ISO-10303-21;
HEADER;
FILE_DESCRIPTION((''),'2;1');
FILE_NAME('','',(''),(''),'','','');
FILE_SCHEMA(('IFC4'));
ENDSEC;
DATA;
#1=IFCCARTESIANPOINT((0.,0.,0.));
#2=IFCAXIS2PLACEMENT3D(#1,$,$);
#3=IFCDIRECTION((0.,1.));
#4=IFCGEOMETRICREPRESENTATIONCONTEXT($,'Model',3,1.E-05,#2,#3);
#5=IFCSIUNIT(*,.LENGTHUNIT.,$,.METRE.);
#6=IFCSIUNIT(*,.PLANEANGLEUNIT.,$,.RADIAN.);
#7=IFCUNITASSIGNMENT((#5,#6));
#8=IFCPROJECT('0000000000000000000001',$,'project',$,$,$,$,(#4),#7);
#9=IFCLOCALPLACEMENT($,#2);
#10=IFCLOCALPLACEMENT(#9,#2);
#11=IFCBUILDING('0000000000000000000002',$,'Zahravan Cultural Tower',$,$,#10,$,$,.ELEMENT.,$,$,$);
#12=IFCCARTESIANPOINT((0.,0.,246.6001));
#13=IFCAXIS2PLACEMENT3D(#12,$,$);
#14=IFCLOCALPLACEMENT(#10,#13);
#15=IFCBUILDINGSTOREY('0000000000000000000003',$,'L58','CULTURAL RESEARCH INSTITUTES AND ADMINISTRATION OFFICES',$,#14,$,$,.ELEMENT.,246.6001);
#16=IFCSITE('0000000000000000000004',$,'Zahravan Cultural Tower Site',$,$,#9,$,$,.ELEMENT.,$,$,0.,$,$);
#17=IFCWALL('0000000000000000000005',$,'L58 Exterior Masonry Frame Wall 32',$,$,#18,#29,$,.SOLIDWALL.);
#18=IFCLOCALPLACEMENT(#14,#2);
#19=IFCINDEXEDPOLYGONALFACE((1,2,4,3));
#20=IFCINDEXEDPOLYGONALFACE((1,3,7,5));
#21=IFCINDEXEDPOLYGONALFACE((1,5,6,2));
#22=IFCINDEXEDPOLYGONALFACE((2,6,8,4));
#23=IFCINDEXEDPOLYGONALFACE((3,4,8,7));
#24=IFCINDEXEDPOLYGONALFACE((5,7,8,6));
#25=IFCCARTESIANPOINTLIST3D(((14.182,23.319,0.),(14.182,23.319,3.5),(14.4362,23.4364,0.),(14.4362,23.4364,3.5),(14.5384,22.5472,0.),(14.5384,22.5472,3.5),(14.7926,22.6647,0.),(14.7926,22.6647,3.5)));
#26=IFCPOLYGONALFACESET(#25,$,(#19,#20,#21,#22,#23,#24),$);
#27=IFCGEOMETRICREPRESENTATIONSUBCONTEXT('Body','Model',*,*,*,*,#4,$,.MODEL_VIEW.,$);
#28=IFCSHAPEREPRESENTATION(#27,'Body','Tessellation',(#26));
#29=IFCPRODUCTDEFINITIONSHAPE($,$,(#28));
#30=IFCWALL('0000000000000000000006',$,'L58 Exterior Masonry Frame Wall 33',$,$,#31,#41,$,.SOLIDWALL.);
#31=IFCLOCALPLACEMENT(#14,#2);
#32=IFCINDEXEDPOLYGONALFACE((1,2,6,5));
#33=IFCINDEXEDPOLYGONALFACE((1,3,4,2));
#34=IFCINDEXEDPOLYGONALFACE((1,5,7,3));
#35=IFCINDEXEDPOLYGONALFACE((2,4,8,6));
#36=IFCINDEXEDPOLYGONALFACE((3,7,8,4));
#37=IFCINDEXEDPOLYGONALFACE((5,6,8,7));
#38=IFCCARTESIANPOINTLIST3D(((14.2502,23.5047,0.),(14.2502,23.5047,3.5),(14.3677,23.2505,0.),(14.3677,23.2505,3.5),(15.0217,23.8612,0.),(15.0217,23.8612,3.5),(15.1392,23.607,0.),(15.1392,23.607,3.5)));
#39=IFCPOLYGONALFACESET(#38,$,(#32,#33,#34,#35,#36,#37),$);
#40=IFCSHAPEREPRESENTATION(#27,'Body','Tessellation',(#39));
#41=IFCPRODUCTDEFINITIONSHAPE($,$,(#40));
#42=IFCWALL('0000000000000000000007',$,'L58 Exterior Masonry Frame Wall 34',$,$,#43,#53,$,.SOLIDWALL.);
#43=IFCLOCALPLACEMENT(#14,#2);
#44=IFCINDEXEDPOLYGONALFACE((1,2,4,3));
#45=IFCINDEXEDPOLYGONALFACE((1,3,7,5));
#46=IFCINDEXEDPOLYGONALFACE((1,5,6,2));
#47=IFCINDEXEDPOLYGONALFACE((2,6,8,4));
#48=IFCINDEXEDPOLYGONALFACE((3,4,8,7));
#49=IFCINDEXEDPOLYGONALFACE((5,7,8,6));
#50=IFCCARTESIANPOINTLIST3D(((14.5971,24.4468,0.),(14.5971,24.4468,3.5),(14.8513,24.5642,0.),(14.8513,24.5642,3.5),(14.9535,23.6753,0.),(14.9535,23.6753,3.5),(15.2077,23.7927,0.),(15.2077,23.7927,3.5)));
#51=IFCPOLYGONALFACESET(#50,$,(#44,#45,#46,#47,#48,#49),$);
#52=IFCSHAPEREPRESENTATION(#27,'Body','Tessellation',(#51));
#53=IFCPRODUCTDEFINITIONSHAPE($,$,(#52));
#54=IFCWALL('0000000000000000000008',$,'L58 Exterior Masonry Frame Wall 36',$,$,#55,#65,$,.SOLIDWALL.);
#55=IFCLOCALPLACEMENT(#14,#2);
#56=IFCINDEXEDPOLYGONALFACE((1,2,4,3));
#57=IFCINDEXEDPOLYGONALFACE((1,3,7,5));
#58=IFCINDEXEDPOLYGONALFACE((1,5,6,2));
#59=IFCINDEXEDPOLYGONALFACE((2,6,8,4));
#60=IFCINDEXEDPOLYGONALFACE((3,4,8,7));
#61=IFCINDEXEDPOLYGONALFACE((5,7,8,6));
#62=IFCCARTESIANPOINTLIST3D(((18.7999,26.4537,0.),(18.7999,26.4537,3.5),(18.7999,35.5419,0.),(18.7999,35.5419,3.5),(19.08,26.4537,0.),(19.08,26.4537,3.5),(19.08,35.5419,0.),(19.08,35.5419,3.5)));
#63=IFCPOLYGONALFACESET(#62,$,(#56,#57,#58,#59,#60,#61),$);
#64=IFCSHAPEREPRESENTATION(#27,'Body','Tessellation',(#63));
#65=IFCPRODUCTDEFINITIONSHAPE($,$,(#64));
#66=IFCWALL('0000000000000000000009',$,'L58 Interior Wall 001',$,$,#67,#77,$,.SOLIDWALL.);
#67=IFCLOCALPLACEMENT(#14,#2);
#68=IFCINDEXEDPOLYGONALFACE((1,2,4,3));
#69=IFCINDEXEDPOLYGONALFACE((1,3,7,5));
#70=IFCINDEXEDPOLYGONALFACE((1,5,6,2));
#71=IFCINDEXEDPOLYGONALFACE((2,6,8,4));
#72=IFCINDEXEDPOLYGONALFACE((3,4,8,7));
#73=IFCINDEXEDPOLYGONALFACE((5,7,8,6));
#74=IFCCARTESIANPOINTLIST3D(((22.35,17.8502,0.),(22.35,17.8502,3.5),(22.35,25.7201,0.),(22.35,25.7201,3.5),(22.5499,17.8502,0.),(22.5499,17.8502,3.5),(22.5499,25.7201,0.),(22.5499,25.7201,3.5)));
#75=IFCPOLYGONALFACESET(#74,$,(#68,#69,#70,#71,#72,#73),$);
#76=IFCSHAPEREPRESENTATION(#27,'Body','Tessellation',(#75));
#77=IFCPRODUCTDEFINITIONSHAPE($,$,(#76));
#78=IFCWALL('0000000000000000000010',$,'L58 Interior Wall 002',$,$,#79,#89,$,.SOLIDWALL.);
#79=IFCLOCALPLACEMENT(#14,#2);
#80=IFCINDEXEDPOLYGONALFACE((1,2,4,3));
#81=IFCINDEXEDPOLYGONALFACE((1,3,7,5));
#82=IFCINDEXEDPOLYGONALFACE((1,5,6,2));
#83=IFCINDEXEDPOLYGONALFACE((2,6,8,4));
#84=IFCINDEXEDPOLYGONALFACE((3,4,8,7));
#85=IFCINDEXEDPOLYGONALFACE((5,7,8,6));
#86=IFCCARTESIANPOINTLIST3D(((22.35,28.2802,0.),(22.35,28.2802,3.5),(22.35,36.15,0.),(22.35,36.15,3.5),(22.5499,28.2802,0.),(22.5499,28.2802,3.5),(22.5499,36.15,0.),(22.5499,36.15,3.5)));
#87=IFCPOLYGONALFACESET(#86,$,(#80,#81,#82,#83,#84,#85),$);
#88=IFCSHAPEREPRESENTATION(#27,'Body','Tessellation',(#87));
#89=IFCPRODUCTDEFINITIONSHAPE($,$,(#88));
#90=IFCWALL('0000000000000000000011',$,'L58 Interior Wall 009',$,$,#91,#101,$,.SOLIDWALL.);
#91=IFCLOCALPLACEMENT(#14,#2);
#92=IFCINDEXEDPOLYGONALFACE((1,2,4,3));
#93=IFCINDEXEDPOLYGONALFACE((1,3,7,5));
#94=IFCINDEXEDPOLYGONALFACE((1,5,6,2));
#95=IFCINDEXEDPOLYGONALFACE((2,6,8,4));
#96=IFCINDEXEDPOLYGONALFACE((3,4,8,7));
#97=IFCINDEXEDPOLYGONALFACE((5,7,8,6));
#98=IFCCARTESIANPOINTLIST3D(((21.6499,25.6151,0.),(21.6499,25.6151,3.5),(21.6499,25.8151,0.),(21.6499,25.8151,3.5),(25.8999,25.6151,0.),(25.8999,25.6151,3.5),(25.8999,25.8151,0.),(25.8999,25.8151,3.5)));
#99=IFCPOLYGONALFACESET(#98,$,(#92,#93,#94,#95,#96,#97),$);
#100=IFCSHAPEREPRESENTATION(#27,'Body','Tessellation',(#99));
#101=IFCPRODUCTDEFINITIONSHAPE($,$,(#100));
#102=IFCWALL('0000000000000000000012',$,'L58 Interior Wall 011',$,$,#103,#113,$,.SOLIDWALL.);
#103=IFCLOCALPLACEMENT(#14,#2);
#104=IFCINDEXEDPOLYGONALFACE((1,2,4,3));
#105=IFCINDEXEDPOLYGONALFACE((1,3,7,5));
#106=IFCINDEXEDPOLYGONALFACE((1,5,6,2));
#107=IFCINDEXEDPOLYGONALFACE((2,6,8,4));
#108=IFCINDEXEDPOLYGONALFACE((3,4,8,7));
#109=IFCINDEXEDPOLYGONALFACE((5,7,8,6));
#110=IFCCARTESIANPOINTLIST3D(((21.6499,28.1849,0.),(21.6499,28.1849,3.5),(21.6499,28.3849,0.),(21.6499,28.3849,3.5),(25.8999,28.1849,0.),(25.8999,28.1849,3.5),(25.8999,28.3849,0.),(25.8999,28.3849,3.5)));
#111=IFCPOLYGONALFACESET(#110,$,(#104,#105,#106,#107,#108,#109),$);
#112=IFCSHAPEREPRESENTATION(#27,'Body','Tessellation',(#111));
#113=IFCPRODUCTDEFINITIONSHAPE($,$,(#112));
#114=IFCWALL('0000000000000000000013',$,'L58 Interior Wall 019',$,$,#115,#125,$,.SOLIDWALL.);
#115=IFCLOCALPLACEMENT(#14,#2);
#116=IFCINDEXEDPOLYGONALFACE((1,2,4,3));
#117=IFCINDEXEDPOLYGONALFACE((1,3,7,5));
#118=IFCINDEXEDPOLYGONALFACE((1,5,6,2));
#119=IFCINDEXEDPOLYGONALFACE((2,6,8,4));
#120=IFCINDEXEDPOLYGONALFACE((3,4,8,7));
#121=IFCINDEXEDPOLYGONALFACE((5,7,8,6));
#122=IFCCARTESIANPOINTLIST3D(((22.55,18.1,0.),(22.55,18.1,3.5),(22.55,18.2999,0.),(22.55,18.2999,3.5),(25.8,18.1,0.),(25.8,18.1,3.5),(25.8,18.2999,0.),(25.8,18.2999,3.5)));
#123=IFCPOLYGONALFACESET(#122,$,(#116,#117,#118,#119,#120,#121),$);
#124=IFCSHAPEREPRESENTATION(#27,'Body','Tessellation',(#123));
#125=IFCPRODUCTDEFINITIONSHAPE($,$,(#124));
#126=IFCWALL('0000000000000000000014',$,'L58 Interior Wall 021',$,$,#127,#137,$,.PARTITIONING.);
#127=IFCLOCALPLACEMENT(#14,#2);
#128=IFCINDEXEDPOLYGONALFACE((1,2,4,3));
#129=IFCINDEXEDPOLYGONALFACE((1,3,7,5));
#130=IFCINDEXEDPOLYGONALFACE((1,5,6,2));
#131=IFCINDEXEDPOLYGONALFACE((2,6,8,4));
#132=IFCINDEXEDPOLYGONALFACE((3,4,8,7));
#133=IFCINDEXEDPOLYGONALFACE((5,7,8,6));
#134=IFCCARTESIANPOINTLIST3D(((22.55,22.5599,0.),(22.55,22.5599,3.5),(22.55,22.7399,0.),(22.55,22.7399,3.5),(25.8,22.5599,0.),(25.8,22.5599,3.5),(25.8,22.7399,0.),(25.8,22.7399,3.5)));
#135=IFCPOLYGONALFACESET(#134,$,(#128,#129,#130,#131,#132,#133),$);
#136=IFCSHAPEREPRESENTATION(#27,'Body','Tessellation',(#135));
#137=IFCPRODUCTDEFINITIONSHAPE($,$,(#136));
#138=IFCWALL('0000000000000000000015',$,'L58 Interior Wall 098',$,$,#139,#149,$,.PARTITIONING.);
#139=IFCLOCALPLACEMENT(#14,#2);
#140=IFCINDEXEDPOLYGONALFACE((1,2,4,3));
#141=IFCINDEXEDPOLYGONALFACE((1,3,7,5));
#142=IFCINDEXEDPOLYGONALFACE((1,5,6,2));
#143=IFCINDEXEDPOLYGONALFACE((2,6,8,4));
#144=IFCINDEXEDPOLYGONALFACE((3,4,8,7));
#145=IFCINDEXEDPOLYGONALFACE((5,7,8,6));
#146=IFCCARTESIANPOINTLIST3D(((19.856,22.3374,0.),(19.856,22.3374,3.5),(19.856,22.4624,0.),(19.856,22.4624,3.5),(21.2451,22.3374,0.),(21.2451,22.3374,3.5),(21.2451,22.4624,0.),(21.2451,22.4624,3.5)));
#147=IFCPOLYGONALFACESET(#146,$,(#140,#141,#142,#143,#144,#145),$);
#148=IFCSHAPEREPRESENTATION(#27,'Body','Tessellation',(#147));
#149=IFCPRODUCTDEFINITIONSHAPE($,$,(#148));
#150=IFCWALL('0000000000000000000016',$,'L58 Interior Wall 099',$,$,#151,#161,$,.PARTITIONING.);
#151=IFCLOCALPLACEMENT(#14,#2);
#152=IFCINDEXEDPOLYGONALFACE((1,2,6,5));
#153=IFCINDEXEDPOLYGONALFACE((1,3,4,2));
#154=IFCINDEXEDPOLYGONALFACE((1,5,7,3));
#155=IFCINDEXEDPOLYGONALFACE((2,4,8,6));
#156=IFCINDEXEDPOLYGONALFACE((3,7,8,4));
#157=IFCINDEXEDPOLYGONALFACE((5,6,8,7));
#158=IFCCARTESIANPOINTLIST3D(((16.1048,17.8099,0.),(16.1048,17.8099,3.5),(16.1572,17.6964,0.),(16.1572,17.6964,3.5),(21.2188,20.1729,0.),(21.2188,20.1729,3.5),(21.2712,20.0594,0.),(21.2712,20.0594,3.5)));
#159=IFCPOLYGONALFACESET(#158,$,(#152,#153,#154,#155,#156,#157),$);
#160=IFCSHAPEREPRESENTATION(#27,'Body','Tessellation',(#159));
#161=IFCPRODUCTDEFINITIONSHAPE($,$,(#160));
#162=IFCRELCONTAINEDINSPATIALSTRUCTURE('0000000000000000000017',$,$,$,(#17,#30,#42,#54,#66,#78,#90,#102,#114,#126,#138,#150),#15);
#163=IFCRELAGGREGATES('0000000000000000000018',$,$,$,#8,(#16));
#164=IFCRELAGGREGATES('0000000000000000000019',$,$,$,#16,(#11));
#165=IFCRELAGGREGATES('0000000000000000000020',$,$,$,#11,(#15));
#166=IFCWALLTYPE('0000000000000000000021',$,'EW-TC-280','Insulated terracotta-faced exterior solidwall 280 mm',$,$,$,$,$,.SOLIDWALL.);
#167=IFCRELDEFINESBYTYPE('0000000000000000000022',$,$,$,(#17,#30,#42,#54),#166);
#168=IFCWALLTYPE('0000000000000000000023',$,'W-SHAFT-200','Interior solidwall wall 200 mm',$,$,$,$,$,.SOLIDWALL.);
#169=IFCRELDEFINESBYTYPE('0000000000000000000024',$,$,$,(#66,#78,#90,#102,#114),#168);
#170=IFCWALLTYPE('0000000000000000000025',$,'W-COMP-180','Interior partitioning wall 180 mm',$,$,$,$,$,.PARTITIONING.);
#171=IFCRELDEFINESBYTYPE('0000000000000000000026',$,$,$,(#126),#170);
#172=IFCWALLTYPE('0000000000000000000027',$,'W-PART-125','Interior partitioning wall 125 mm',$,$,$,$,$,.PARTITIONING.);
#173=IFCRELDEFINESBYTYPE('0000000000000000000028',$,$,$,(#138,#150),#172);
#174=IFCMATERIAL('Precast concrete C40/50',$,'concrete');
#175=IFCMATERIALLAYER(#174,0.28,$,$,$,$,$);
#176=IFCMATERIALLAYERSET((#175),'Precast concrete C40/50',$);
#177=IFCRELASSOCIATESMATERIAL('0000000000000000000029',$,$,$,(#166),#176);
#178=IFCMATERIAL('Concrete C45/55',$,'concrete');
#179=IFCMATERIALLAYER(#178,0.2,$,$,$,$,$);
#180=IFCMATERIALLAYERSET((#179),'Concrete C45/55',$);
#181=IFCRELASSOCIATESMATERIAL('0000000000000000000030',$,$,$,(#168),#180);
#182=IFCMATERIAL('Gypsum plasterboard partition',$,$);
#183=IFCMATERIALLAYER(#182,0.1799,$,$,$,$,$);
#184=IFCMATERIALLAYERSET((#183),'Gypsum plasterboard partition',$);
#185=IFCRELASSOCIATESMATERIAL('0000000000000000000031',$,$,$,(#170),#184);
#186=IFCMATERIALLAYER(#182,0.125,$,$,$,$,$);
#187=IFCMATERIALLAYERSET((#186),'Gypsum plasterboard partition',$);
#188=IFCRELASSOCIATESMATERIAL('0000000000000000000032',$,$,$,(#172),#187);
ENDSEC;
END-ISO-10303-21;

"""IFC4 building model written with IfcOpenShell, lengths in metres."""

from ifc_helpers import new_model, si_unit, direction, frame, frame_2d, origin, place, context, subcontext, project, spatial, rectangle, extrude, source, transform, mapped, material, layer, layer_set, type_object, element, save


model = new_model("IFC4")

# Units and contexts
model_context = context("Model", 3, precision=1e-05, world=origin(), true_north=direction((0.0, 1.0)))
body_context = subcontext(model_context, "Body", "Model", "MODEL_VIEW")
ifc_project = project(units=[si_unit("LENGTHUNIT", "METRE"), si_unit("PLANEANGLEUNIT", "RADIAN")], contexts=[model_context])

# Site, building, storey
site_placement = place(None, origin())
site = spatial("IfcSite", under=ifc_project, at=site_placement, Name="Zahravan Cultural Tower Site", CompositionType="ELEMENT", RefElevation=0.0)
building_placement = place(site_placement, origin())
building = spatial("IfcBuilding", under=site, at=building_placement, Name="Zahravan Cultural Tower", CompositionType="ELEMENT")
storey_placement = place(building_placement, frame((0.0, 0.0, 246.6001)))
storey = spatial("IfcBuildingStorey", under=building, at=storey_placement, Name="L58", Description="CULTURAL RESEARCH INSTITUTES AND ADMINISTRATION OFFICES", CompositionType="ELEMENT", Elevation=246.6001)

# Shared definitions
ifc_material_1 = material(Name="Precast concrete C40/50", Category="concrete")
ifc_layer_1 = layer(ifc_material_1, 0.28)
ifc_layer_set_1 = layer_set([ifc_layer_1], Name="Precast concrete C40/50")
wall_type_1 = type_object("IfcWallType", Name="EW-TC-280", Description="Insulated terracotta-faced exterior solidwall 280 mm", PredefinedType="SOLIDWALL", material=ifc_layer_set_1)

# Walls
shared_shape_1 = source(origin(), body_context, "Body", "SweptSolid", [
    extrude(rectangle(XDim=0.8501, YDim=0.28, at=frame_2d((0.425, 0.0))), origin(), (0.0, 0.0, 1.0), 3.5),
])
for number, where, z_axis, x_axis, name in (
    (1, (14.6655, 22.606, 0.0), (0.0, 0.0, 1.0), (-0.419313, 0.907842, 0.0), "L58 Exterior Masonry Frame Wall 32"),
):
    element("IfcWall", number, at=place(storey_placement, frame(where, z_axis=z_axis, x_axis=x_axis)), inside=storey, type_object=wall_type_1, Name=name, PredefinedType="SOLIDWALL", context=body_context, shape_type="MappedRepresentation", body=[
        mapped(shared_shape_1, transform((0.0, 0.0, 0.0), x_axis=(1.0, 0.0, 0.0), y_axis=(0.0, 1.0, 0.0), z_axis=(0.0, 0.0, 1.0), scale=1.0)),
    ])
shared_shape_2 = source(origin(), body_context, "Body", "SweptSolid", [
    extrude(rectangle(XDim=0.8499, YDim=0.28, at=frame_2d((0.4248, 0.0))), origin(), (0.0, 0.0, 1.0), 3.5),
])
for number, where, z_axis, x_axis, name in (
    (2, (14.3091, 23.3777, 0.0), (0.0, 0.0, 1.0), (0.907791, 0.419422, 0.0), "L58 Exterior Masonry Frame Wall 33"),
    (3, (15.0806, 23.7341, 0.0), (0.0, 0.0, 1.0), (-0.419422, 0.907791, 0.0), "L58 Exterior Masonry Frame Wall 34"),
):
    element("IfcWall", number, at=place(storey_placement, frame(where, z_axis=z_axis, x_axis=x_axis)), inside=storey, type_object=wall_type_1, Name=name, PredefinedType="SOLIDWALL", context=body_context, shape_type="MappedRepresentation", body=[
        mapped(shared_shape_2, transform((0.0, 0.0, 0.0), x_axis=(1.0, 0.0, 0.0), y_axis=(0.0, 1.0, 0.0), z_axis=(0.0, 0.0, 1.0), scale=1.0)),
    ])
shared_shape_3 = source(origin(), body_context, "Body", "SweptSolid", [
    extrude(rectangle(XDim=9.0881, YDim=0.28, at=frame_2d((4.5439, 0.0))), origin(), (0.0, 0.0, 1.0), 3.5),
])
wall_1_placement = place(storey_placement, frame((18.9399, 26.4539, 0.0), z_axis=(0.0, 0.0, 1.0), x_axis=(0.0, 1.0, 0.0)))
element("IfcWall", 4, at=wall_1_placement, inside=storey, type_object=wall_type_1, Name="L58 Exterior Masonry Frame Wall 36", PredefinedType="SOLIDWALL", context=body_context, shape_type="MappedRepresentation", body=[
    mapped(shared_shape_3, transform((0.0, 0.0, 0.0), x_axis=(1.0, 0.0, 0.0), y_axis=(0.0, 1.0, 0.0), z_axis=(0.0, 0.0, 1.0), scale=1.0)),
])
ifc_material_2 = material(Name="Concrete C45/55", Category="concrete")
ifc_layer_2 = layer(ifc_material_2, 0.2)
ifc_layer_set_2 = layer_set([ifc_layer_2], Name="Concrete C45/55")
wall_type_2 = type_object("IfcWallType", Name="W-SHAFT-200", Description="Interior solidwall wall 200 mm", PredefinedType="SOLIDWALL", material=ifc_layer_set_2)
shared_shape_4 = source(origin(), body_context, "Body", "SweptSolid", [
    extrude(rectangle(XDim=7.8699, YDim=0.2, at=frame_2d((3.9351, 0.0))), origin(), (0.0, 0.0, 1.0), 3.5),
])
for number, where, z_axis, x_axis, name in (
    (5, (22.45, 17.8501, 0.0), (0.0, 0.0, 1.0), (0.0, 1.0, 0.0), "L58 Interior Wall 001"),
    (6, (22.45, 28.28, 0.0), (0.0, 0.0, 1.0), (0.0, 1.0, 0.0), "L58 Interior Wall 002"),
):
    element("IfcWall", number, at=place(storey_placement, frame(where, z_axis=z_axis, x_axis=x_axis)), inside=storey, type_object=wall_type_2, Name=name, PredefinedType="SOLIDWALL", context=body_context, shape_type="MappedRepresentation", body=[
        mapped(shared_shape_4, transform((0.0, 0.0, 0.0), x_axis=(1.0, 0.0, 0.0), y_axis=(0.0, 1.0, 0.0), z_axis=(0.0, 0.0, 1.0), scale=1.0)),
    ])
shared_shape_5 = source(origin(), body_context, "Body", "SweptSolid", [
    extrude(rectangle(XDim=4.25, YDim=0.2, at=frame_2d((2.125, 0.0))), origin(), (0.0, 0.0, 1.0), 3.5),
])
for number, where, z_axis, x_axis, name in (
    (7, (21.6499, 25.7151, 0.0), (0.0, 0.0, 1.0), (1.0, 0.0, 0.0), "L58 Interior Wall 009"),
    (8, (21.6499, 28.2849, 0.0), (0.0, 0.0, 1.0), (1.0, 0.0, 0.0), "L58 Interior Wall 011"),
):
    element("IfcWall", number, at=place(storey_placement, frame(where, z_axis=z_axis, x_axis=x_axis)), inside=storey, type_object=wall_type_2, Name=name, PredefinedType="SOLIDWALL", context=body_context, shape_type="MappedRepresentation", body=[
        mapped(shared_shape_5, transform((0.0, 0.0, 0.0), x_axis=(1.0, 0.0, 0.0), y_axis=(0.0, 1.0, 0.0), z_axis=(0.0, 0.0, 1.0), scale=1.0)),
    ])
shared_shape_6 = source(origin(), body_context, "Body", "SweptSolid", [
    extrude(rectangle(XDim=3.25, YDim=0.2, at=frame_2d((1.625, 0.0))), origin(), (0.0, 0.0, 1.0), 3.5),
])
wall_2_placement = place(storey_placement, frame((22.55, 18.2, 0.0), z_axis=(0.0, 0.0, 1.0), x_axis=(1.0, 0.0, 0.0)))
element("IfcWall", 9, at=wall_2_placement, inside=storey, type_object=wall_type_2, Name="L58 Interior Wall 019", PredefinedType="SOLIDWALL", context=body_context, shape_type="MappedRepresentation", body=[
    mapped(shared_shape_6, transform((0.0, 0.0, 0.0), x_axis=(1.0, 0.0, 0.0), y_axis=(0.0, 1.0, 0.0), z_axis=(0.0, 0.0, 1.0), scale=1.0)),
])
ifc_material_3 = material(Name="Gypsum plasterboard partition")
ifc_layer_3 = layer(ifc_material_3, 0.1799)
ifc_layer_set_3 = layer_set([ifc_layer_3], Name="Gypsum plasterboard partition")
wall_type_3 = type_object("IfcWallType", Name="W-COMP-180", Description="Interior partitioning wall 180 mm", PredefinedType="PARTITIONING", material=ifc_layer_set_3)
shared_shape_7 = source(origin(), body_context, "Body", "SweptSolid", [
    extrude(rectangle(XDim=3.25, YDim=0.1799, at=frame_2d((1.625, 0.0))), origin(), (0.0, 0.0, 1.0), 3.5),
])
wall_3_placement = place(storey_placement, frame((22.55, 22.6499, 0.0), z_axis=(0.0, 0.0, 1.0), x_axis=(1.0, 0.0, 0.0)))
element("IfcWall", 10, at=wall_3_placement, inside=storey, type_object=wall_type_3, Name="L58 Interior Wall 021", PredefinedType="PARTITIONING", context=body_context, shape_type="MappedRepresentation", body=[
    mapped(shared_shape_7, transform((0.0, 0.0, 0.0), x_axis=(1.0, 0.0, 0.0), y_axis=(0.0, 1.0, 0.0), z_axis=(0.0, 0.0, 1.0), scale=1.0)),
])
ifc_layer_4 = layer(ifc_material_3, 0.125)
ifc_layer_set_4 = layer_set([ifc_layer_4], Name="Gypsum plasterboard partition")
wall_type_4 = type_object("IfcWallType", Name="W-PART-125", Description="Interior partitioning wall 125 mm", PredefinedType="PARTITIONING", material=ifc_layer_set_4)
shared_shape_8 = source(origin(), body_context, "Body", "SweptSolid", [
    extrude(rectangle(XDim=1.3892, YDim=0.125, at=frame_2d((0.6946, 0.0))), origin(), (0.0, 0.0, 1.0), 3.5),
])
wall_4_placement = place(storey_placement, frame((19.856, 22.3999, 0.0), z_axis=(0.0, 0.0, 1.0), x_axis=(1.0, 0.0, 0.0)))
element("IfcWall", 11, at=wall_4_placement, inside=storey, type_object=wall_type_4, Name="L58 Interior Wall 098", PredefinedType="PARTITIONING", context=body_context, shape_type="MappedRepresentation", body=[
    mapped(shared_shape_8, transform((0.0, 0.0, 0.0), x_axis=(1.0, 0.0, 0.0), y_axis=(0.0, 1.0, 0.0), z_axis=(0.0, 0.0, 1.0), scale=1.0)),
])
shared_shape_9 = source(origin(), body_context, "Body", "SweptSolid", [
    extrude(rectangle(XDim=5.6335, YDim=0.125, at=frame_2d((2.8169, 0.0))), origin(), (0.0, 0.0, 1.0), 3.5),
])
wall_5_placement = place(storey_placement, frame((21.2451, 20.1162, 0.0), z_axis=(0.0, 0.0, 1.0), x_axis=(-0.907775, -0.419457, 0.0)))
element("IfcWall", 12, at=wall_5_placement, inside=storey, type_object=wall_type_4, Name="L58 Interior Wall 099", PredefinedType="PARTITIONING", context=body_context, shape_type="MappedRepresentation", body=[
    mapped(shared_shape_9, transform((0.0, 0.0, 0.0), x_axis=(1.0, 0.0, 0.0), y_axis=(0.0, 1.0, 0.0), z_axis=(0.0, 0.0, 1.0), scale=1.0)),
])

save(model, "model.ifc")
